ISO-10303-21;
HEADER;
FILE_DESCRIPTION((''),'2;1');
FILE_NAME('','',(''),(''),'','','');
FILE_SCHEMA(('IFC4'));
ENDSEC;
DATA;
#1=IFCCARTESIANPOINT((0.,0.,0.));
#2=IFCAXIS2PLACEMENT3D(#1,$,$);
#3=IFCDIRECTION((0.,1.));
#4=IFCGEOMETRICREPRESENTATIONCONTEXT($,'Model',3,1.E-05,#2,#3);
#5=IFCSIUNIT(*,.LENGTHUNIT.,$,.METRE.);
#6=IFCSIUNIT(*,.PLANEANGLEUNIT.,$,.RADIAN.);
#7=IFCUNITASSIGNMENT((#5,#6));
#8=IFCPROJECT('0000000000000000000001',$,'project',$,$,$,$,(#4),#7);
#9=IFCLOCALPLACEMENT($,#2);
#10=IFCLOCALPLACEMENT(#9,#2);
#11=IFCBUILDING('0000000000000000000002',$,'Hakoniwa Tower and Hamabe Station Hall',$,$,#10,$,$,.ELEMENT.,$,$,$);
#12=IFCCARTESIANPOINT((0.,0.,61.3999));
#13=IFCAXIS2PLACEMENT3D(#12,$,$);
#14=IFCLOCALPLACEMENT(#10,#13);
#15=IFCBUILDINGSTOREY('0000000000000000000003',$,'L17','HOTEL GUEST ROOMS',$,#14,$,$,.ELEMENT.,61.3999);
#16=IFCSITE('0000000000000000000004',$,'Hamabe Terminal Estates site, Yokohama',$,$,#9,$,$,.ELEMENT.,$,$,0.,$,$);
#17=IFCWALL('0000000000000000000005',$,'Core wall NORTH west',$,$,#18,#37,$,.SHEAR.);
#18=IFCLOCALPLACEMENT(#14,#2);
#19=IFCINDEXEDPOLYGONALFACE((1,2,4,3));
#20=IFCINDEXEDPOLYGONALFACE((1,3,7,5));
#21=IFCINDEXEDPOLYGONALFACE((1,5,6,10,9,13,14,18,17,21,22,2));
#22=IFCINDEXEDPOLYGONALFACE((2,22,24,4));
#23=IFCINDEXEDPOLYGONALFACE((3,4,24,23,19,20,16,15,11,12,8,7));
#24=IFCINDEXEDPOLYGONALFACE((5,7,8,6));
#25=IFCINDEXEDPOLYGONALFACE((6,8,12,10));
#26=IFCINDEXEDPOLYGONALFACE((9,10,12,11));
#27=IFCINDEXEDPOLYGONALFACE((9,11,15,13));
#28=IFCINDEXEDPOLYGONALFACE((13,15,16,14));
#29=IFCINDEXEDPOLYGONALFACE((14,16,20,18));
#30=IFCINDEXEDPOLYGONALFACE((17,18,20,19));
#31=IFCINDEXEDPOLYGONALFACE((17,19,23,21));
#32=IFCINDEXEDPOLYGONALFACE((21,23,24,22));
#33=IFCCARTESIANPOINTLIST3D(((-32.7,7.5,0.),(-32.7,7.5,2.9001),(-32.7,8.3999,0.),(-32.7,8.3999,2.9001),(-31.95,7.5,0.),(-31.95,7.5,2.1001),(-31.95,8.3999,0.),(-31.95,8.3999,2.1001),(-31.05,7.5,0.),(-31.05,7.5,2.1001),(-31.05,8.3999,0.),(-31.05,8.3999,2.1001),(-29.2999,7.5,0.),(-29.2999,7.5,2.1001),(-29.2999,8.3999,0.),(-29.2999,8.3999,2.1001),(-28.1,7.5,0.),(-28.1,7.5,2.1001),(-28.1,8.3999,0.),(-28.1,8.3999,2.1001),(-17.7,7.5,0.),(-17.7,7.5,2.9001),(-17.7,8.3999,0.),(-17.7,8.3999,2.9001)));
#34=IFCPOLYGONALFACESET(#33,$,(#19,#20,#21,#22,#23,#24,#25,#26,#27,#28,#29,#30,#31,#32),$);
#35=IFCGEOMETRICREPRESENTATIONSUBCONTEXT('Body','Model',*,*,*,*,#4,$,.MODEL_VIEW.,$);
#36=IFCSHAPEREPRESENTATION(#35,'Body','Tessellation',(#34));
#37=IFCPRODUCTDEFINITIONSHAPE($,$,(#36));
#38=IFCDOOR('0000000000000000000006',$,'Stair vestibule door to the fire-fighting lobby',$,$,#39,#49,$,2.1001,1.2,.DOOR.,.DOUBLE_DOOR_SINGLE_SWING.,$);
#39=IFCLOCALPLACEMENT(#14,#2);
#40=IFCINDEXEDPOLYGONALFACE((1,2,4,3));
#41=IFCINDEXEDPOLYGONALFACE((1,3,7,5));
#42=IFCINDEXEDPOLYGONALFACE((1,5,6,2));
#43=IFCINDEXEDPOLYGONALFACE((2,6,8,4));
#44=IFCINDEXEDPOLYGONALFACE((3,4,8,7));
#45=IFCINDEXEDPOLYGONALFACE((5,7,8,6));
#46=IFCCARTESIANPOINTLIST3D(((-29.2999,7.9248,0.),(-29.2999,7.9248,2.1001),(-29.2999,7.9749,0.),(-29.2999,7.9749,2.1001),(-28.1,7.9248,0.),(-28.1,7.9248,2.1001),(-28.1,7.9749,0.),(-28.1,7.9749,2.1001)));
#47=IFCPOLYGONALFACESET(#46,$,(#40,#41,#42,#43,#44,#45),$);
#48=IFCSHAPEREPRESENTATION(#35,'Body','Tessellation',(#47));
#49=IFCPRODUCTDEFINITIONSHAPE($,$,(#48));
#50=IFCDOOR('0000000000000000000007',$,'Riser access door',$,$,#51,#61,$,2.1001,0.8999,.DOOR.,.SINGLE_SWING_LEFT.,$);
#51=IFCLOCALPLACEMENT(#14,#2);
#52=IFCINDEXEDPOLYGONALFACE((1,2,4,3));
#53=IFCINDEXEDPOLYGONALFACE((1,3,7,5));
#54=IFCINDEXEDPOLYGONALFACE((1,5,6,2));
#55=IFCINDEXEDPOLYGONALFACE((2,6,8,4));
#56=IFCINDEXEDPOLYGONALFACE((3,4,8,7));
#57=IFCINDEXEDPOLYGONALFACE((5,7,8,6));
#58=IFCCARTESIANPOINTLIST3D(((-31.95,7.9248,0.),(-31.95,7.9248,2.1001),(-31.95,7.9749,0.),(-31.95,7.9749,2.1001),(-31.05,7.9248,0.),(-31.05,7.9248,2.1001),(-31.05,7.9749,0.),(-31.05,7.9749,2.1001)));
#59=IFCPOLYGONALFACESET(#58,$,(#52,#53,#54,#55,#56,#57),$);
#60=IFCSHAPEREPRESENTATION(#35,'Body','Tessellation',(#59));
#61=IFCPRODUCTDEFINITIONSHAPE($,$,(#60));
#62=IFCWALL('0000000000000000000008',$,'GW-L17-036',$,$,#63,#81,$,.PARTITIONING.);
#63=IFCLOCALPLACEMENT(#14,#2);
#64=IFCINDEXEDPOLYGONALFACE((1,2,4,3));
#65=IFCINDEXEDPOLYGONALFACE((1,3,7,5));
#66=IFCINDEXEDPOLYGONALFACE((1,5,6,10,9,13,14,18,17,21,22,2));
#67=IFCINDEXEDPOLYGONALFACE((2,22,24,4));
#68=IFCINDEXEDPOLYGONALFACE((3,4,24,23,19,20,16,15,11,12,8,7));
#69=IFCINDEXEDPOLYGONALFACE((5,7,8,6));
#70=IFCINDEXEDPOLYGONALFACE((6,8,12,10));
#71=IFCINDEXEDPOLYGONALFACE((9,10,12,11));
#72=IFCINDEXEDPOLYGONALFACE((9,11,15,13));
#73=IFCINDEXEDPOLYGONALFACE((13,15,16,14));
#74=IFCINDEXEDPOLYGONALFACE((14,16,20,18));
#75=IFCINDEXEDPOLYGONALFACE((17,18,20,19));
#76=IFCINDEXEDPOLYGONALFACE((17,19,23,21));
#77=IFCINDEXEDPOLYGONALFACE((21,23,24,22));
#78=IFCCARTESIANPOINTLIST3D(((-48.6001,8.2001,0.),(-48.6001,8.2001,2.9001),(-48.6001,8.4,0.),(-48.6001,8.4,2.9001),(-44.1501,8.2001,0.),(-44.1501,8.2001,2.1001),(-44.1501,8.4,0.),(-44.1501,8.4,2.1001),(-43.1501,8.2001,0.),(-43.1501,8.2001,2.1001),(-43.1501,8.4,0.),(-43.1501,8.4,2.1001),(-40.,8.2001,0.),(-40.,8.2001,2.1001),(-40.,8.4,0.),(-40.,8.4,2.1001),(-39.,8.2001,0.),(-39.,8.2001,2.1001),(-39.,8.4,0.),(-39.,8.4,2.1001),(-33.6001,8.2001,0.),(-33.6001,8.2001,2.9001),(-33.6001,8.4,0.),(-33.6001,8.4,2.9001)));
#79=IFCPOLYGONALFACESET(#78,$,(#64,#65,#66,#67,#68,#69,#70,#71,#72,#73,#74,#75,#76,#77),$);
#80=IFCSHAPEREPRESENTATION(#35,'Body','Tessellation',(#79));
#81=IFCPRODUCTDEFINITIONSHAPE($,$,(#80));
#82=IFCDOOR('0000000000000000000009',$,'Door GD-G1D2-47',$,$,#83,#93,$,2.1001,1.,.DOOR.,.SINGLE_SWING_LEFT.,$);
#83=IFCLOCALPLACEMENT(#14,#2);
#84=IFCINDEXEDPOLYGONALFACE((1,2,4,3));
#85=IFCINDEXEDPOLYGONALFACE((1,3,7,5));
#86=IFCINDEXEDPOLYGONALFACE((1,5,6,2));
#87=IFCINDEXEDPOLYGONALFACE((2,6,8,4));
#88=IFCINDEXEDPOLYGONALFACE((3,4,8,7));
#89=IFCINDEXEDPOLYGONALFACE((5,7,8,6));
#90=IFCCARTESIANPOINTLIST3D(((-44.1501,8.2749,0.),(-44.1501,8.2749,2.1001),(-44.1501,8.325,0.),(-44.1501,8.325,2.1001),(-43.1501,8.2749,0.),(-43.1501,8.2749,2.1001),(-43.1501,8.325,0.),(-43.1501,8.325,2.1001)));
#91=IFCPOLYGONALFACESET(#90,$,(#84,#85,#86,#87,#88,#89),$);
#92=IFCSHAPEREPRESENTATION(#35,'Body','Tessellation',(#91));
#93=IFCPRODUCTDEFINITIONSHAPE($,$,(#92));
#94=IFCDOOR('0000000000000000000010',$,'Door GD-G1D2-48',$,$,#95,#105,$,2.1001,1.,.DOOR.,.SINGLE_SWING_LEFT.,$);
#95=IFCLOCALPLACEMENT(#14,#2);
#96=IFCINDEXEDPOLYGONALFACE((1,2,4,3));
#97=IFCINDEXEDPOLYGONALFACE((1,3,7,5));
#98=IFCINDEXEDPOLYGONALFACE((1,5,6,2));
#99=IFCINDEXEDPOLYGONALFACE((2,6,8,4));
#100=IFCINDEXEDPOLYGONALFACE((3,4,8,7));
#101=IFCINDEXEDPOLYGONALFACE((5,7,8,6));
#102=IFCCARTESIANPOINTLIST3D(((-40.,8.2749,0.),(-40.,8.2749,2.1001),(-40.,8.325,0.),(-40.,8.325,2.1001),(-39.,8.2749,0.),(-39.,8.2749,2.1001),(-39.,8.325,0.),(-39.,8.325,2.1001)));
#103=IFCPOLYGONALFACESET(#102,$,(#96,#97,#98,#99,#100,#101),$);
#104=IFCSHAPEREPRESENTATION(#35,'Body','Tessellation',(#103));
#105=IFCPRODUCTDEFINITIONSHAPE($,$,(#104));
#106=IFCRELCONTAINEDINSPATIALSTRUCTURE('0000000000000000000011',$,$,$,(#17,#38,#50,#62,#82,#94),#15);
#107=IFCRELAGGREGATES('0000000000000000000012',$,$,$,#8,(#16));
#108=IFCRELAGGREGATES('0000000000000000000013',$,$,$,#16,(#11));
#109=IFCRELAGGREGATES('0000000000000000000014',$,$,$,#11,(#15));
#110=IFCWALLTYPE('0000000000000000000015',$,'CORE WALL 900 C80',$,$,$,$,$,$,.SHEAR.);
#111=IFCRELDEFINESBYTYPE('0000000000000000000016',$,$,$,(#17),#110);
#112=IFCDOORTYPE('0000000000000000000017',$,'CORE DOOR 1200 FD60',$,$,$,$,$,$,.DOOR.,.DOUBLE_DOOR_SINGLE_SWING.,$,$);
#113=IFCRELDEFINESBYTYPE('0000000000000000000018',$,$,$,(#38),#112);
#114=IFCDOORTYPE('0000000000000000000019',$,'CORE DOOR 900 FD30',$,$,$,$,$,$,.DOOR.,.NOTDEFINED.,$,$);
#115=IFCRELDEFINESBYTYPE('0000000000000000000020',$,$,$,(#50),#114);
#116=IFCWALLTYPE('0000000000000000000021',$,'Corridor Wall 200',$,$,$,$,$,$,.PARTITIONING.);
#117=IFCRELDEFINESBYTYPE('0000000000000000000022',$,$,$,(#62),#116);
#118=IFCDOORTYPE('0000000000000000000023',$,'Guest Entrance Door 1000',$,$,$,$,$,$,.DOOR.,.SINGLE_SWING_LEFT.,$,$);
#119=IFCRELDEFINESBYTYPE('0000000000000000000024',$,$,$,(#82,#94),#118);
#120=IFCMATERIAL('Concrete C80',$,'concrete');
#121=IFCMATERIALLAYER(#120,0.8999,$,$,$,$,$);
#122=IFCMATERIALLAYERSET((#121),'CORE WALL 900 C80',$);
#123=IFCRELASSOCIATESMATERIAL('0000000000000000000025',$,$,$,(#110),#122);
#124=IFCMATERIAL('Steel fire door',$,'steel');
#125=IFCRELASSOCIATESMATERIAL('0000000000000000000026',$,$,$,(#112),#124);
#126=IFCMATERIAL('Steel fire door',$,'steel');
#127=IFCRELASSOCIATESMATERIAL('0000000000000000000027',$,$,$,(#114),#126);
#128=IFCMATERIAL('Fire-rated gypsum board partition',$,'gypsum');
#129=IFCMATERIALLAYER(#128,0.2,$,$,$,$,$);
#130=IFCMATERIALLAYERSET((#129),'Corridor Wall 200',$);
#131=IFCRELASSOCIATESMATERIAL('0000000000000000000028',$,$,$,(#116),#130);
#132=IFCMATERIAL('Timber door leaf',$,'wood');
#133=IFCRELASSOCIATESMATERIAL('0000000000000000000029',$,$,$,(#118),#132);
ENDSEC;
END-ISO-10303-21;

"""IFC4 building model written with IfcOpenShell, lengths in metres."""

from ifc_helpers import new_model, si_unit, direction, frame, frame_2d, origin, place, context, subcontext, project, spatial, rectangle, extrude, material, layer, layer_set, type_object, element, fill, save


model = new_model("IFC4")

# Units and contexts
model_context = context("Model", 3, precision=1e-05, world=origin(), true_north=direction((0.0, 1.0)))
body_context = subcontext(model_context, "Body", "Model", "MODEL_VIEW")
ifc_project = project(units=[si_unit("LENGTHUNIT", "METRE"), si_unit("PLANEANGLEUNIT", "RADIAN")], contexts=[model_context])

# Site, building, storey
site_placement = place(None, origin())
site = spatial("IfcSite", under=ifc_project, at=site_placement, Name="Hamabe Terminal Estates site, Yokohama", CompositionType="ELEMENT", RefElevation=0.0)
building_placement = place(site_placement, origin())
building = spatial("IfcBuilding", under=site, at=building_placement, Name="Hakoniwa Tower and Hamabe Station Hall", CompositionType="ELEMENT")
storey_placement = place(building_placement, frame((0.0, 0.0, 61.3999)))
storey = spatial("IfcBuildingStorey", under=building, at=storey_placement, Name="L17", Description="HOTEL GUEST ROOMS", CompositionType="ELEMENT", Elevation=61.3999)

# Walls, openings, doors
ifc_material_1 = material(Name="Concrete C80", Category="concrete")
ifc_layer_1 = layer(ifc_material_1, 0.8999)
ifc_layer_set_1 = layer_set([ifc_layer_1], Name="CORE WALL 900 C80")
wall_type_1 = type_object("IfcWallType", Name="CORE WALL 900 C80", PredefinedType="SHEAR", material=ifc_layer_set_1)
wall_1_placement = place(storey_placement, frame((-32.7, 7.95, 0.0), z_axis=(0.0, 0.0, 1.0), x_axis=(1.0, 0.0, 0.0)))
wall_1 = element("IfcWall", 1, at=wall_1_placement, inside=storey, type_object=wall_type_1, Name="Core wall NORTH west", PredefinedType="SHEAR", context=body_context, shape_type="SweptSolid", body=[
    extrude(rectangle(XDim=15.0, YDim=0.8999, at=frame_2d((7.5, 0.0))), origin(), (0.0, 0.0, 1.0), 2.9001),
])
opening_1_placement = place(wall_1_placement, frame((3.3999, 0.0, 0.0)))
opening_1 = element("IfcOpeningElement", 2, at=opening_1_placement, cuts=wall_1, PredefinedType="OPENING", context=body_context, shape_type="SweptSolid", body=[
    extrude(rectangle(XDim=1.2, YDim=2.1001, at=frame_2d((0.6001, 1.05))), frame((0.0, 0.46, 0.0), z_axis=(0.0, -1.0, 0.0), x_axis=(1.0, 0.0, 0.0)), (0.0, 0.0, 1.0), 0.9199),
])
opening_2_placement = place(wall_1_placement, frame((0.75, 0.0, 0.0)))
opening_2 = element("IfcOpeningElement", 3, at=opening_2_placement, cuts=wall_1, PredefinedType="OPENING", context=body_context, shape_type="SweptSolid", body=[
    extrude(rectangle(XDim=0.8999, YDim=2.1001, at=frame_2d((0.45, 1.05))), frame((0.0, 0.46, 0.0), z_axis=(0.0, -1.0, 0.0), x_axis=(1.0, 0.0, 0.0)), (0.0, 0.0, 1.0), 0.9199),
])
ifc_material_2 = material(Name="Steel fire door", Category="steel")
door_type_1 = type_object("IfcDoorType", Name="CORE DOOR 1200 FD60", OperationType="DOUBLE_DOOR_SINGLE_SWING", PredefinedType="DOOR", material=ifc_material_2)
door_1_placement = place(opening_1_placement, origin())
door_1 = element("IfcDoor", 4, at=door_1_placement, inside=storey, type_object=door_type_1, Name="Stair vestibule door to the fire-fighting lobby", OperationType="DOUBLE_DOOR_SINGLE_SWING", OverallHeight=2.1001, OverallWidth=1.2, PredefinedType="DOOR", context=body_context, shape_type="SweptSolid", body=[
    extrude(rectangle(XDim=1.2, YDim=2.1001, at=frame_2d((0.6001, 1.05))), frame((0.0, 0.0249, 0.0), z_axis=(0.0, -1.0, 0.0), x_axis=(1.0, 0.0, 0.0)), (0.0, 0.0, 1.0), 0.05),
])
fill(opening_1, door_1)
ifc_material_3 = material(Name="Steel fire door", Category="steel")
door_type_2 = type_object("IfcDoorType", Name="CORE DOOR 900 FD30", OperationType="NOTDEFINED", PredefinedType="DOOR", material=ifc_material_3)
door_2_placement = place(opening_2_placement, origin())
door_2 = element("IfcDoor", 5, at=door_2_placement, inside=storey, type_object=door_type_2, Name="Riser access door", OperationType="SINGLE_SWING_LEFT", OverallHeight=2.1001, OverallWidth=0.8999, PredefinedType="DOOR", context=body_context, shape_type="SweptSolid", body=[
    extrude(rectangle(XDim=0.8999, YDim=2.1001, at=frame_2d((0.45, 1.05))), frame((0.0, 0.0249, 0.0), z_axis=(0.0, -1.0, 0.0), x_axis=(1.0, 0.0, 0.0)), (0.0, 0.0, 1.0), 0.05),
])
fill(opening_2, door_2)
ifc_material_4 = material(Name="Fire-rated gypsum board partition", Category="gypsum")
ifc_layer_2 = layer(ifc_material_4, 0.2)
ifc_layer_set_2 = layer_set([ifc_layer_2], Name="Corridor Wall 200")
wall_type_2 = type_object("IfcWallType", Name="Corridor Wall 200", PredefinedType="PARTITIONING", material=ifc_layer_set_2)
wall_2_placement = place(storey_placement, frame((-48.6001, 8.3, 0.0), z_axis=(0.0, 0.0, 1.0), x_axis=(1.0, 0.0, 0.0)))
wall_2 = element("IfcWall", 6, at=wall_2_placement, inside=storey, type_object=wall_type_2, Name="GW-L17-036", PredefinedType="PARTITIONING", context=body_context, shape_type="SweptSolid", body=[
    extrude(rectangle(XDim=15.0, YDim=0.2, at=frame_2d((7.5, 0.0))), origin(), (0.0, 0.0, 1.0), 2.9001),
])
opening_3_placement = place(wall_2_placement, frame((4.45, 0.0, 0.0)))
opening_3 = element("IfcOpeningElement", 7, at=opening_3_placement, cuts=wall_2, PredefinedType="OPENING", context=body_context, shape_type="SweptSolid", body=[
    extrude(rectangle(XDim=1.0, YDim=2.1001, at=frame_2d((0.5, 1.05))), frame((0.0, 0.1099, 0.0), z_axis=(0.0, -1.0, 0.0), x_axis=(1.0, 0.0, 0.0)), (0.0, 0.0, 1.0), 0.22),
])
opening_4_placement = place(wall_2_placement, frame((8.6001, 0.0, 0.0)))
opening_4 = element("IfcOpeningElement", 8, at=opening_4_placement, cuts=wall_2, PredefinedType="OPENING", context=body_context, shape_type="SweptSolid", body=[
    extrude(rectangle(XDim=1.0, YDim=2.1001, at=frame_2d((0.5, 1.05))), frame((0.0, 0.1099, 0.0), z_axis=(0.0, -1.0, 0.0), x_axis=(1.0, 0.0, 0.0)), (0.0, 0.0, 1.0), 0.22),
])
ifc_material_5 = material(Name="Timber door leaf", Category="wood")
door_type_3 = type_object("IfcDoorType", Name="Guest Entrance Door 1000", OperationType="SINGLE_SWING_LEFT", PredefinedType="DOOR", material=ifc_material_5)
door_3_placement = place(opening_3_placement, origin())
door_3 = element("IfcDoor", 9, at=door_3_placement, inside=storey, type_object=door_type_3, Name="Door GD-G1D2-47", OperationType="SINGLE_SWING_LEFT", OverallHeight=2.1001, OverallWidth=1.0, PredefinedType="DOOR", context=body_context, shape_type="SweptSolid", body=[
    extrude(rectangle(XDim=1.0, YDim=2.1001, at=frame_2d((0.5, 1.05))), frame((0.0, 0.0249, 0.0), z_axis=(0.0, -1.0, 0.0), x_axis=(1.0, 0.0, 0.0)), (0.0, 0.0, 1.0), 0.05),
])
fill(opening_3, door_3)
door_4_placement = place(opening_4_placement, origin())
door_4 = element("IfcDoor", 10, at=door_4_placement, inside=storey, type_object=door_type_3, Name="Door GD-G1D2-48", OperationType="SINGLE_SWING_LEFT", OverallHeight=2.1001, OverallWidth=1.0, PredefinedType="DOOR", context=body_context, shape_type="SweptSolid", body=[
    extrude(rectangle(XDim=1.0, YDim=2.1001, at=frame_2d((0.5, 1.05))), frame((0.0, 0.0249, 0.0), z_axis=(0.0, -1.0, 0.0), x_axis=(1.0, 0.0, 0.0)), (0.0, 0.0, 1.0), 0.05),
])
fill(opening_4, door_4)

save(model, "model.ifc")
